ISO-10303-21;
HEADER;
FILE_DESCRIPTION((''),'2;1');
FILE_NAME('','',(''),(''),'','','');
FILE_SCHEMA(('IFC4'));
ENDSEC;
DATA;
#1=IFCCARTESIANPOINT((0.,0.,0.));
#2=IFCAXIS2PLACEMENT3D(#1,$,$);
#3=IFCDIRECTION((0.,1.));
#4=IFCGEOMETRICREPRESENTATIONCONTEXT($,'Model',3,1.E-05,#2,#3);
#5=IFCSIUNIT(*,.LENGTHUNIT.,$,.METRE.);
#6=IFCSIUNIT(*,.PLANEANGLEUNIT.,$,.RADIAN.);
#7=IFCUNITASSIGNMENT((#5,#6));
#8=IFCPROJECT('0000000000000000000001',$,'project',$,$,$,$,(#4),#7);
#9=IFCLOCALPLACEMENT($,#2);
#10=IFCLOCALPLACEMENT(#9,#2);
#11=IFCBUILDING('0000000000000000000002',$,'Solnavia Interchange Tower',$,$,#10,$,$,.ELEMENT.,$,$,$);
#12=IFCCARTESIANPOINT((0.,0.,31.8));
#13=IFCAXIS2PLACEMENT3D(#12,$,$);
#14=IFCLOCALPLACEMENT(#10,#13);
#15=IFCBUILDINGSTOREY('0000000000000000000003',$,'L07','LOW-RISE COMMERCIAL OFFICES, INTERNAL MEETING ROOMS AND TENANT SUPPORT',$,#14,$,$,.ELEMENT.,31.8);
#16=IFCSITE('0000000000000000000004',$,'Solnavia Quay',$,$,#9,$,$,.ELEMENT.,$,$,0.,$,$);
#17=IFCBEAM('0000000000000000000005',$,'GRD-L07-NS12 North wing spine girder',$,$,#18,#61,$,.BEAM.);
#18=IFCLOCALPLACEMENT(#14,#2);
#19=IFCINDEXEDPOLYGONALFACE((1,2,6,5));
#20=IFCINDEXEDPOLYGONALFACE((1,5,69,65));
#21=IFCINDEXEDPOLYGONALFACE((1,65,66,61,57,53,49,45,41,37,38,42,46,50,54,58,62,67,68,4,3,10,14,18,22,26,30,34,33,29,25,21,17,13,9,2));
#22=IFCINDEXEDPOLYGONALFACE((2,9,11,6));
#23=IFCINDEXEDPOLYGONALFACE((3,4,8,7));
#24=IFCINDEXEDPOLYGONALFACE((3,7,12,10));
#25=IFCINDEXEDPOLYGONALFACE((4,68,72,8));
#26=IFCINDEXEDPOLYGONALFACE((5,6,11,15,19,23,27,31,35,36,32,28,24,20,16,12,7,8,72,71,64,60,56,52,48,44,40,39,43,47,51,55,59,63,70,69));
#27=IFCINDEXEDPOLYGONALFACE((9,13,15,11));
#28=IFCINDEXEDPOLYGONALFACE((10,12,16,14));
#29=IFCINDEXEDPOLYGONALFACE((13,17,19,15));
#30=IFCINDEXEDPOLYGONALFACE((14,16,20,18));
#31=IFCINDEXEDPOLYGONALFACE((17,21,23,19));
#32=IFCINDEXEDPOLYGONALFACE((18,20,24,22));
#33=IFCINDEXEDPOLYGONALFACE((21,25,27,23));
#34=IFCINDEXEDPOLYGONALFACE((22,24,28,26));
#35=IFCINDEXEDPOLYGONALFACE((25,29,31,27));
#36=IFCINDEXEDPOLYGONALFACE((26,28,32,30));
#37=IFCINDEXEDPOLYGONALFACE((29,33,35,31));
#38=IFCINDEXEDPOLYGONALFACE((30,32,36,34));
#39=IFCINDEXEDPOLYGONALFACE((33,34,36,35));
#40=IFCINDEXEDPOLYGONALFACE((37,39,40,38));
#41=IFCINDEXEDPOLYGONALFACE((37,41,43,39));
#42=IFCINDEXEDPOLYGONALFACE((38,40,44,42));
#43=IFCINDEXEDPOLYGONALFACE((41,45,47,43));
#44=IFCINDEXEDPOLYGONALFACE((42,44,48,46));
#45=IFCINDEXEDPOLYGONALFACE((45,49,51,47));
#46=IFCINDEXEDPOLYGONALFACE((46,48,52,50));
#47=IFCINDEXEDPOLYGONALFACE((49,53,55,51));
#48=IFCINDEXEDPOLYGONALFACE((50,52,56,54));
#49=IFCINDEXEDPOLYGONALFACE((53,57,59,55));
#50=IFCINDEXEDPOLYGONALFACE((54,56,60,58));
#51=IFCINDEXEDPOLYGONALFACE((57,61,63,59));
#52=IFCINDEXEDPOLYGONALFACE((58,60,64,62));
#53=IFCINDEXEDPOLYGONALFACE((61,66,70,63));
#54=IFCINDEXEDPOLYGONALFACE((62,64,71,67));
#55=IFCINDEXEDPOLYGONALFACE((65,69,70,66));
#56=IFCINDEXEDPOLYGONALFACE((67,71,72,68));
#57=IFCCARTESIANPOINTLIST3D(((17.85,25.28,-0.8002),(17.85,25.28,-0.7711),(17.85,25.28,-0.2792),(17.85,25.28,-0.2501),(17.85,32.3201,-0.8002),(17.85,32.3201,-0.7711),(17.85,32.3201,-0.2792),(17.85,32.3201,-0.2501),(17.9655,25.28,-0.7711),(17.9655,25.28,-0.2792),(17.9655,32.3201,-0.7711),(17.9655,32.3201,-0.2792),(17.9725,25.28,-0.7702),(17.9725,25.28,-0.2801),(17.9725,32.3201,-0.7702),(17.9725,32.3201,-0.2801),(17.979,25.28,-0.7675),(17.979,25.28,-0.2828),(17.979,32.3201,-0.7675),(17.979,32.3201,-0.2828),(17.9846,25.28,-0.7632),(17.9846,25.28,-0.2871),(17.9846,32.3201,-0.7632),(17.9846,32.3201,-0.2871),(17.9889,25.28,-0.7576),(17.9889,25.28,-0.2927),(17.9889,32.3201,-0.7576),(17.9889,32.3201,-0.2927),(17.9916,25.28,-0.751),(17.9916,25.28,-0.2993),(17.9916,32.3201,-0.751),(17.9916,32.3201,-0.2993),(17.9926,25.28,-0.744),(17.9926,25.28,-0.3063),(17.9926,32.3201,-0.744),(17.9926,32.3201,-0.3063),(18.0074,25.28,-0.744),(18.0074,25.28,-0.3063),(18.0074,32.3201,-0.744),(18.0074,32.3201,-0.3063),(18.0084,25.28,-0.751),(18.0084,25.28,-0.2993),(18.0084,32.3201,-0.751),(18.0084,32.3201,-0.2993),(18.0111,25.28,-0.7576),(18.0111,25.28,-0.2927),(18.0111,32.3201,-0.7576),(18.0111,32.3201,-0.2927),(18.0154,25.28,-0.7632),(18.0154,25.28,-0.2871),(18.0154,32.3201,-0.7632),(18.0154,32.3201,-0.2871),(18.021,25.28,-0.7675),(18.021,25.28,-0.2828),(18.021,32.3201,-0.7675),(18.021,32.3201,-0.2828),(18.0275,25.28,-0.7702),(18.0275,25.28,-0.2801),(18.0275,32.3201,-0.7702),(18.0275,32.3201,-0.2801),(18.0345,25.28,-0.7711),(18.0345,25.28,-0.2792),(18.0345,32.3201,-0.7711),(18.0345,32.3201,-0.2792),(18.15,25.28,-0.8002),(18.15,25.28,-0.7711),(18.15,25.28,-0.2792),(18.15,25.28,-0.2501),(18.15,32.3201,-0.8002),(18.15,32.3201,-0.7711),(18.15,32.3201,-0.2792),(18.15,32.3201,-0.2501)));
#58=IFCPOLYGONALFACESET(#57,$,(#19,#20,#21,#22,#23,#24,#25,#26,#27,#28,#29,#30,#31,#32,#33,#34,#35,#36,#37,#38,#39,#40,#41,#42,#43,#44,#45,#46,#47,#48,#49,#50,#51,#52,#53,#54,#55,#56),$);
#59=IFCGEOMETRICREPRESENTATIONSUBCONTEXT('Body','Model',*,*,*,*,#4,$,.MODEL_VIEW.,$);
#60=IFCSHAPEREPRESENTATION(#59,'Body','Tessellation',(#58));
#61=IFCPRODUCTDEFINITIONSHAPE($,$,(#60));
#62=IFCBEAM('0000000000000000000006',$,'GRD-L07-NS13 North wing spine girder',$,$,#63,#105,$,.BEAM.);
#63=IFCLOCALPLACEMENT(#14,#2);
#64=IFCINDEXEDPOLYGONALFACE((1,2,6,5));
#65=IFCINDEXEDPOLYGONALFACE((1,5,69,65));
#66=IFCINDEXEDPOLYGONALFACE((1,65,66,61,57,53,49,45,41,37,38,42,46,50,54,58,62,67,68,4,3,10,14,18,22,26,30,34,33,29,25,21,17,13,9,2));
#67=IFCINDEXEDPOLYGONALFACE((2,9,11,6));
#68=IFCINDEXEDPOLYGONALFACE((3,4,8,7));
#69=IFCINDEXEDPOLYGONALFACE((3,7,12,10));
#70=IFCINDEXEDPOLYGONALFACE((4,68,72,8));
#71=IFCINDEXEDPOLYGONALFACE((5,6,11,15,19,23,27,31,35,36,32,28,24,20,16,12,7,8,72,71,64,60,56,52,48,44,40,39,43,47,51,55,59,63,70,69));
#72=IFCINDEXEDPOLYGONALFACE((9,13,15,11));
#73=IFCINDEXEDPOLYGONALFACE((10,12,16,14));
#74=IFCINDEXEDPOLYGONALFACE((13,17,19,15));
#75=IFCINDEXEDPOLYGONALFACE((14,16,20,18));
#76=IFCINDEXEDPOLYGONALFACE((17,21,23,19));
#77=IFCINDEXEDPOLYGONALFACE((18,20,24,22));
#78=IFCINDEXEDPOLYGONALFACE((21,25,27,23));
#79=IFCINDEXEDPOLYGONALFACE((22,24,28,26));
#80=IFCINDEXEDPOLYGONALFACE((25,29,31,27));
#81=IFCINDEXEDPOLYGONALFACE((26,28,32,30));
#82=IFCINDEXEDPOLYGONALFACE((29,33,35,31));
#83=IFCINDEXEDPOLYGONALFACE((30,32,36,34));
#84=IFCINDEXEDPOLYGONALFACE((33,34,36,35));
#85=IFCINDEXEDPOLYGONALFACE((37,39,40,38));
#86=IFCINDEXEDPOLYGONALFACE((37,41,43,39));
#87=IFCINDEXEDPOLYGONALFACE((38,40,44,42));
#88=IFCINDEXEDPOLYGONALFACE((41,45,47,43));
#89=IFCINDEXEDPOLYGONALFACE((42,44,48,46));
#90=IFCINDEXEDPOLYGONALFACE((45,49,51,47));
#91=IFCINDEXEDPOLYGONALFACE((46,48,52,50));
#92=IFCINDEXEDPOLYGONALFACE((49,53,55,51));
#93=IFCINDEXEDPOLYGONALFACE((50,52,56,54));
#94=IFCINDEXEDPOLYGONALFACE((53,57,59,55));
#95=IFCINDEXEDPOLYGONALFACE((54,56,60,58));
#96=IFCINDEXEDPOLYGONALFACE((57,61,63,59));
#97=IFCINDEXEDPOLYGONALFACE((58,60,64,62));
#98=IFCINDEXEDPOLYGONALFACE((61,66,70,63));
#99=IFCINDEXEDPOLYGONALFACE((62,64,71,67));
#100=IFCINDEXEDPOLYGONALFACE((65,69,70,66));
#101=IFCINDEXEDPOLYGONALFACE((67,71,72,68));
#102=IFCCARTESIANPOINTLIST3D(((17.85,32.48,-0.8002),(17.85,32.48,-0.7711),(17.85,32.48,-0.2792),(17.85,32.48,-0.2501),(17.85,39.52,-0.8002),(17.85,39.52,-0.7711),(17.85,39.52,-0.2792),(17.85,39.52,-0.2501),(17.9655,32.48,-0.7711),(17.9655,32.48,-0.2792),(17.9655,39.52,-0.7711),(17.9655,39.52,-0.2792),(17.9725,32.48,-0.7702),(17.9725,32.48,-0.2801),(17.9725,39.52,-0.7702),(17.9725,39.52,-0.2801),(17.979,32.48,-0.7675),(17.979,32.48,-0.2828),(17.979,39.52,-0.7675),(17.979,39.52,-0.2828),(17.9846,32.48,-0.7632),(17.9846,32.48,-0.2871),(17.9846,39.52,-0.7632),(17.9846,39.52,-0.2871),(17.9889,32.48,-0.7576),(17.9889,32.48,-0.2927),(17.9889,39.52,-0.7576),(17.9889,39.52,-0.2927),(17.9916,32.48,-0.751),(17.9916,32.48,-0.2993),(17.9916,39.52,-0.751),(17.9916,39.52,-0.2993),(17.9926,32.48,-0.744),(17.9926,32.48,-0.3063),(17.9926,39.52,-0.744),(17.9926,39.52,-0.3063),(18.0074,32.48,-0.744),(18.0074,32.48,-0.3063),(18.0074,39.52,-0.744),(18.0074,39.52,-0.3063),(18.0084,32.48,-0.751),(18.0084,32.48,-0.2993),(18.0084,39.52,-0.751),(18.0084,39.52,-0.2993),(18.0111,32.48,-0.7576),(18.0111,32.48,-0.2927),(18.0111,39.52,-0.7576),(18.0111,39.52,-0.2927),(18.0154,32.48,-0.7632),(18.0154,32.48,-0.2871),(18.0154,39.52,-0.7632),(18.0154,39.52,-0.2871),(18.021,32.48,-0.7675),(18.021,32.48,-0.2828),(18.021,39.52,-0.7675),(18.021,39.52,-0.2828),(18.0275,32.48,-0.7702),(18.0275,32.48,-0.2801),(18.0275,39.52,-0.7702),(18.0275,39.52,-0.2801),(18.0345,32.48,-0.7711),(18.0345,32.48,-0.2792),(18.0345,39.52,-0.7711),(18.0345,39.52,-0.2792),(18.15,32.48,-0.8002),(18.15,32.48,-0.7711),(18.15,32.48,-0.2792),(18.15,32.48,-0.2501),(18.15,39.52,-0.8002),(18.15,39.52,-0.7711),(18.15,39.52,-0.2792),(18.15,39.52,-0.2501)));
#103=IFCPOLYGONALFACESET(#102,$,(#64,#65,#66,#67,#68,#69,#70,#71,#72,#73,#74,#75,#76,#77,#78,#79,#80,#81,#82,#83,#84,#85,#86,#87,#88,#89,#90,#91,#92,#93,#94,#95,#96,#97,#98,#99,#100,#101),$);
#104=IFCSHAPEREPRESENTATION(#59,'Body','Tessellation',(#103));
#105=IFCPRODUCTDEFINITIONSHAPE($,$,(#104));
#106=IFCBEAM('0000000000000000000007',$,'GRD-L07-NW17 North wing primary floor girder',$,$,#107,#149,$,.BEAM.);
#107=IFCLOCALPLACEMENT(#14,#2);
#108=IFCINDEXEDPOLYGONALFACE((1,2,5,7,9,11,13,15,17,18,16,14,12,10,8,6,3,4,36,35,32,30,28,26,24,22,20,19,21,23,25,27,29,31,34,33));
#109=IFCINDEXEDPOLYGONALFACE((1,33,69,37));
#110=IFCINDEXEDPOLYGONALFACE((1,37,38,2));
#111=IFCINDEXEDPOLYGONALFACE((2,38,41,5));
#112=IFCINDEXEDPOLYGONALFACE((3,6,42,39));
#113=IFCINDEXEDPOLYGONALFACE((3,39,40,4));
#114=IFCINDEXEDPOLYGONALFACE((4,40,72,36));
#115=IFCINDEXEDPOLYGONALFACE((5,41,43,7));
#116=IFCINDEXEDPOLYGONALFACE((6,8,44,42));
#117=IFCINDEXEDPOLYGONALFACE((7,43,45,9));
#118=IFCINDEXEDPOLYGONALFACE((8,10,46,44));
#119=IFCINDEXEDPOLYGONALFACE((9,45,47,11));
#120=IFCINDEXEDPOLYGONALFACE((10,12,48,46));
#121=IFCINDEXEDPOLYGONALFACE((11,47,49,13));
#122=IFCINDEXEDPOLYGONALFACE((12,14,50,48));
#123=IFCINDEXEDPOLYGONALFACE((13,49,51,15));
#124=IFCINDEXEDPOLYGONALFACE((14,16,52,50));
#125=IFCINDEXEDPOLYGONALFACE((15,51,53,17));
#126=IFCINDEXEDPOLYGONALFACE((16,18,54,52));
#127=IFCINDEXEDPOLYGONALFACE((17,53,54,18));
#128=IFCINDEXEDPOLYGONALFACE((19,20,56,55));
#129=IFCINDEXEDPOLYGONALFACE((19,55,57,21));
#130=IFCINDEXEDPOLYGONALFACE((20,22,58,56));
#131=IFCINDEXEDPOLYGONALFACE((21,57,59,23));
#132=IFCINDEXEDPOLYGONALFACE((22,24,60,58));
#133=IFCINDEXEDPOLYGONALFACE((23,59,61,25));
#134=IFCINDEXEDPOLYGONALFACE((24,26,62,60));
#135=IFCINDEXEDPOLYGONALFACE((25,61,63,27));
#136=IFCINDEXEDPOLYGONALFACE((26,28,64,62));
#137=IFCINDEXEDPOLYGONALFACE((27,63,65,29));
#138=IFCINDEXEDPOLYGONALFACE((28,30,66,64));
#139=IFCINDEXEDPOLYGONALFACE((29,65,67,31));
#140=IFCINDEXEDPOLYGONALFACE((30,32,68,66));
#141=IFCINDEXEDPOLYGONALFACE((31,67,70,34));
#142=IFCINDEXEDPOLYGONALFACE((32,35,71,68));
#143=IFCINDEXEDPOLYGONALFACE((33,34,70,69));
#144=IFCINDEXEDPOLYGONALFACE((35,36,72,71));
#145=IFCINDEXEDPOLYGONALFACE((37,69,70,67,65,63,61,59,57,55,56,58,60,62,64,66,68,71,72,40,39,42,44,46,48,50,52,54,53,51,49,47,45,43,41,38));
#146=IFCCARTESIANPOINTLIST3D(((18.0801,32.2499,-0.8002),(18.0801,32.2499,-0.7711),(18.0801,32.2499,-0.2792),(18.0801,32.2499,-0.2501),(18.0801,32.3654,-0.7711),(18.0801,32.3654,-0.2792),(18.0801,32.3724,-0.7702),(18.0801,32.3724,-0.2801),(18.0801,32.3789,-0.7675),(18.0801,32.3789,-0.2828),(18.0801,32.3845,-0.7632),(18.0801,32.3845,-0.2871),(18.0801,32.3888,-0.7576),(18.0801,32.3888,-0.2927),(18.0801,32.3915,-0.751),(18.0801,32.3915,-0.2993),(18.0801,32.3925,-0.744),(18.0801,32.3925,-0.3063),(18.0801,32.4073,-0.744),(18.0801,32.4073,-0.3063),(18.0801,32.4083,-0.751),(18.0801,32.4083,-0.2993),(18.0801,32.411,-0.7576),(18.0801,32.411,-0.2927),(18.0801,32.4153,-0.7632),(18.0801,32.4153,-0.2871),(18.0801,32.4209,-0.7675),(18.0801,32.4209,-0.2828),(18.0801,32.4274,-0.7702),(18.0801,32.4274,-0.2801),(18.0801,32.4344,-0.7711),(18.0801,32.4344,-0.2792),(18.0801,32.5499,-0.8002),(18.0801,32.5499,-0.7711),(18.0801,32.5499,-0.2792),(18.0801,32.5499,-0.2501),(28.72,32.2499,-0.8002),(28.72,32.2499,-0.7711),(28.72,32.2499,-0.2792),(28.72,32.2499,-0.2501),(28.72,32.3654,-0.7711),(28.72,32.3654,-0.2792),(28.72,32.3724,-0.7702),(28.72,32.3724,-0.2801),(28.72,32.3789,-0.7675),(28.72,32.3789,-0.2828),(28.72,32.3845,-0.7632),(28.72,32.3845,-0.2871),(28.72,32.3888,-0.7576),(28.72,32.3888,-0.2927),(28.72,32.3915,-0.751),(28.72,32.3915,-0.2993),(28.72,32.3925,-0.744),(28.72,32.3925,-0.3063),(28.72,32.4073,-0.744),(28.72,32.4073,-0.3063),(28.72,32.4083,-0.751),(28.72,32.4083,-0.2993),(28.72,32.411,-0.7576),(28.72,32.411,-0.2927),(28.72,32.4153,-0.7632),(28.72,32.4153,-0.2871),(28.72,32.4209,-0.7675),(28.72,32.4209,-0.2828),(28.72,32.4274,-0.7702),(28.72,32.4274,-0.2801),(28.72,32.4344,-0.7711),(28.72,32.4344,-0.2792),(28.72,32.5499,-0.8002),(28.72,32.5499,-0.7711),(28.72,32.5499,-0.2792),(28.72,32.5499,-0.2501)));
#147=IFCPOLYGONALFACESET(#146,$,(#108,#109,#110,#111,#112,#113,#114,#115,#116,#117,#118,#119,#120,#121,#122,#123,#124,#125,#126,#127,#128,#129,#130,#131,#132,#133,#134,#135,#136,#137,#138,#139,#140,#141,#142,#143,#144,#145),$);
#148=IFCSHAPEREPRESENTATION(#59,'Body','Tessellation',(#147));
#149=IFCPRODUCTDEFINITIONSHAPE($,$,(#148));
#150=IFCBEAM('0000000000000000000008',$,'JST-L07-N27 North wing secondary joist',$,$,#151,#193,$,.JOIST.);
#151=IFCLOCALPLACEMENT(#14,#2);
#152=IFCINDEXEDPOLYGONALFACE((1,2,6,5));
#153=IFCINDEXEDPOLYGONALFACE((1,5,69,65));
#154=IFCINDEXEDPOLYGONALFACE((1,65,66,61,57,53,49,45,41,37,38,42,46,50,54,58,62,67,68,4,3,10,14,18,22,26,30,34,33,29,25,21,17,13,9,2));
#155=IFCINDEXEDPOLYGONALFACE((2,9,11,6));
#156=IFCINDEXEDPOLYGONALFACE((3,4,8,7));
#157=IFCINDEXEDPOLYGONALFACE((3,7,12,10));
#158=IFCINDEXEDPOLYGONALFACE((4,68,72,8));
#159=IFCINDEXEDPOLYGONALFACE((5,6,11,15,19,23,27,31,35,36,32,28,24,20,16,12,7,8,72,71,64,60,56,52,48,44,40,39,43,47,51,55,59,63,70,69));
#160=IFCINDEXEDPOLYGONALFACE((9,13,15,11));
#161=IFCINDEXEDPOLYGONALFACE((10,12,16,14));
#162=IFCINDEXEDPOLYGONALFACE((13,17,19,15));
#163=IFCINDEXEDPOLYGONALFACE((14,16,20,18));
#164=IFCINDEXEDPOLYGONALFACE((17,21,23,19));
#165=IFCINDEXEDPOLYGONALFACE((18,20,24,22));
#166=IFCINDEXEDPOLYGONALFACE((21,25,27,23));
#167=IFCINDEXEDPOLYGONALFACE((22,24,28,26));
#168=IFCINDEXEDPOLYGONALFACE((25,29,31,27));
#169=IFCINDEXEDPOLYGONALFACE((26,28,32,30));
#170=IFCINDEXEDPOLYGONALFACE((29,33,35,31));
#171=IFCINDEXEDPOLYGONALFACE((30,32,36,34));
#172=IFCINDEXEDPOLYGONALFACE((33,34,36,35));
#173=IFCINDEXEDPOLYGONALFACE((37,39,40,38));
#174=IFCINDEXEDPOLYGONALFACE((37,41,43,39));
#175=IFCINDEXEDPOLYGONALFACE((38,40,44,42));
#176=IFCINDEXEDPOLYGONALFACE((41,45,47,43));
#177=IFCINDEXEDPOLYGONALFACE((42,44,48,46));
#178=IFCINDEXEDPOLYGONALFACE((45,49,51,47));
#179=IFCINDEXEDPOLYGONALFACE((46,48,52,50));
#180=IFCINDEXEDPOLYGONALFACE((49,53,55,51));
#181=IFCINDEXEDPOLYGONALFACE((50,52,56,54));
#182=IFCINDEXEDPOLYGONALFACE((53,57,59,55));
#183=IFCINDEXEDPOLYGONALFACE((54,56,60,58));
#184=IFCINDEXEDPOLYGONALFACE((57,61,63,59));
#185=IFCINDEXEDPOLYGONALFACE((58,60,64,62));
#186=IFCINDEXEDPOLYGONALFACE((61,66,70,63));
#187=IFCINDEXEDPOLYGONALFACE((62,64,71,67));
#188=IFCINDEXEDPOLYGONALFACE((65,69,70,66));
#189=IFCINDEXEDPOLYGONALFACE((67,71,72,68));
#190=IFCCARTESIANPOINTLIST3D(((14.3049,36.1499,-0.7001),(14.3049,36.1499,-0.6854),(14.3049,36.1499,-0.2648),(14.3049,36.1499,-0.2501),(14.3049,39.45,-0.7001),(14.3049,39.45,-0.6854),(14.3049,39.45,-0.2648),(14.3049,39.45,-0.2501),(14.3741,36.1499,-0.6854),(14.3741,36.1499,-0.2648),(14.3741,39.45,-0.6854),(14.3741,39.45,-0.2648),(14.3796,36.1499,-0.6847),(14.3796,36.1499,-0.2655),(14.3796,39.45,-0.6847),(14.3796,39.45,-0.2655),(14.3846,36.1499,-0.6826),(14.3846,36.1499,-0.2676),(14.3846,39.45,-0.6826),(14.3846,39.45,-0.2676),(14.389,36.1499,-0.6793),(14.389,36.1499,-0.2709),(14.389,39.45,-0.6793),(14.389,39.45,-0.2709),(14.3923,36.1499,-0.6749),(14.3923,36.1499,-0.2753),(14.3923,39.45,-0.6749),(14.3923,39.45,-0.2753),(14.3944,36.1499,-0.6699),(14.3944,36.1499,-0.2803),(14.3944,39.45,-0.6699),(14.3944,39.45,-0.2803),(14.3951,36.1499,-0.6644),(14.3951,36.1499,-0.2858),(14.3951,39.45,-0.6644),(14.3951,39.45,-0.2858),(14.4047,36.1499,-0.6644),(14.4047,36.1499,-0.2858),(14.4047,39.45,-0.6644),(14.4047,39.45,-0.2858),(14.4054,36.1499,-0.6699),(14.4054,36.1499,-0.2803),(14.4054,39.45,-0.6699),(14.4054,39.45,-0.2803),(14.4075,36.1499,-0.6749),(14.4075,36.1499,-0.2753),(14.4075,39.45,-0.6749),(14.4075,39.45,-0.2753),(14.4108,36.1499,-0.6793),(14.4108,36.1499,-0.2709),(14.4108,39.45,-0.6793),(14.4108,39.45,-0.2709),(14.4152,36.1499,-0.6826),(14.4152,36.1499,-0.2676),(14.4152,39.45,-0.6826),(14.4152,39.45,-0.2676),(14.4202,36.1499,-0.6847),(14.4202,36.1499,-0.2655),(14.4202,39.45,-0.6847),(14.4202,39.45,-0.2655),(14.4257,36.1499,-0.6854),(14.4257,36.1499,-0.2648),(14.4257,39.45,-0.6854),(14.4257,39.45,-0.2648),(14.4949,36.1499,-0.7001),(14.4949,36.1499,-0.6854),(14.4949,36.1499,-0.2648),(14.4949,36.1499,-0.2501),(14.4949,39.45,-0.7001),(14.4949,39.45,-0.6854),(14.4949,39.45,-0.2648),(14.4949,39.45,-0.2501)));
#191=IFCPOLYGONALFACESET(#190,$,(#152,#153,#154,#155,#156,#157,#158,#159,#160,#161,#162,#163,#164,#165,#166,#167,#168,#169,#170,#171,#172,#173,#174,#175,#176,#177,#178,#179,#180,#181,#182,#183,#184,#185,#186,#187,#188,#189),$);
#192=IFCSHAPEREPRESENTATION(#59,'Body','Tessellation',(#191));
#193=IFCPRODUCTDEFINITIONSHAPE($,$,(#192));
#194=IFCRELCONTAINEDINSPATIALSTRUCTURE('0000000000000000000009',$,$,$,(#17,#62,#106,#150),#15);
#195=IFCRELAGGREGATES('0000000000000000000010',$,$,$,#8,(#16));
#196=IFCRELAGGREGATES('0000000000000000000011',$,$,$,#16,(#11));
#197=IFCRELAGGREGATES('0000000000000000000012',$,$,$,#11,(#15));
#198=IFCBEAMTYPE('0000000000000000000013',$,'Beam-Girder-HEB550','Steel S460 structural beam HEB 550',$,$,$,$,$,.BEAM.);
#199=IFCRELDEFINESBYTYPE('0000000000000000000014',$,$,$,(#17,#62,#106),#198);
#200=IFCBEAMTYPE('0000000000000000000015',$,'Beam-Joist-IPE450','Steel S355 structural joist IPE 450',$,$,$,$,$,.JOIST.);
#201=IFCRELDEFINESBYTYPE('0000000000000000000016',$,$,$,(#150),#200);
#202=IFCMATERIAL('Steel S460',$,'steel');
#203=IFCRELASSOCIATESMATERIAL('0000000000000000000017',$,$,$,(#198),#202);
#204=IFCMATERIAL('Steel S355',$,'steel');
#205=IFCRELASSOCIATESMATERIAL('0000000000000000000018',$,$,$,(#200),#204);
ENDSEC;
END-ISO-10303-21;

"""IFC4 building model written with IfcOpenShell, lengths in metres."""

from ifc_helpers import new_model, si_unit, direction, frame, origin, origin_2d, place, context, subcontext, project, spatial, i_section, extrude, material, material_profile, profile_set, type_object, element, save


model = new_model("IFC4")

# Units and contexts
model_context = context("Model", 3, precision=1e-05, world=origin(), true_north=direction((0.0, 1.0)))
body_context = subcontext(model_context, "Body", "Model", "MODEL_VIEW")
ifc_project = project(units=[si_unit("LENGTHUNIT", "METRE"), si_unit("PLANEANGLEUNIT", "RADIAN")], contexts=[model_context])

# Site, building, storey
site_placement = place(None, origin())
site = spatial("IfcSite", under=ifc_project, at=site_placement, Name="Solnavia Quay", CompositionType="ELEMENT", RefElevation=0.0)
building_placement = place(site_placement, origin())
building = spatial("IfcBuilding", under=site, at=building_placement, Name="Solnavia Interchange Tower", CompositionType="ELEMENT")
storey_placement = place(building_placement, frame((0.0, 0.0, 31.8)))
storey = spatial("IfcBuildingStorey", under=building, at=storey_placement, Name="L07", Description="LOW-RISE COMMERCIAL OFFICES, INTERNAL MEETING ROOMS AND TENANT SUPPORT", CompositionType="ELEMENT", Elevation=31.8)

# Shared definitions
ifc_material_1 = material(Name="Steel S355", Category="steel")

# Beams
ifc_material_2 = material(Name="Steel S460", Category="steel")
ifc_material_profile_1 = material_profile(ifc_material_2, i_section(OverallWidth=0.3, OverallDepth=0.55, WebThickness=0.0149, FlangeThickness=0.0291, FilletRadius=0.0271, at=origin_2d()), Name="HEB 550")
ifc_profile_set_1 = profile_set([ifc_material_profile_1], Name="Steel S460")
beam_type_1 = type_object("IfcBeamType", Name="Beam-Girder-HEB550", Description="Steel S460 structural beam HEB 550", PredefinedType="BEAM", material=ifc_profile_set_1)
for number, where, z_axis, x_axis, name in (
    (1, (18.0, 25.28, -0.5251), (0.0, 1.0, 0.0), (-1.0, 0.0, 0.0), "GRD-L07-NS12 North wing spine girder"),
    (2, (18.0, 32.48, -0.5251), (0.0, 1.0, 0.0), (-1.0, 0.0, 0.0), "GRD-L07-NS13 North wing spine girder"),
):
    element("IfcBeam", number, at=place(storey_placement, frame(where, z_axis=z_axis, x_axis=x_axis)), inside=storey, type_object=beam_type_1, Name=name, PredefinedType="BEAM", context=body_context, shape_type="SweptSolid", body=[
        extrude(i_section(OverallWidth=0.3, OverallDepth=0.55, WebThickness=0.0149, FlangeThickness=0.0291, FilletRadius=0.0271, at=origin_2d()), origin(), (0.0, 0.0, 1.0), 7.04),
    ])
beam_placement = place(storey_placement, frame((18.0801, 32.3999, -0.5251), z_axis=(1.0, 0.0, 0.0), x_axis=(0.0, 1.0, 0.0)))
element("IfcBeam", 3, at=beam_placement, inside=storey, type_object=beam_type_1, Name="GRD-L07-NW17 North wing primary floor girder", PredefinedType="BEAM", context=body_context, shape_type="SweptSolid", body=[
    extrude(i_section(OverallWidth=0.3, OverallDepth=0.55, WebThickness=0.0149, FlangeThickness=0.0291, FilletRadius=0.0271, at=origin_2d()), origin(), (0.0, 0.0, 1.0), 10.6399),
])
ifc_material_profile_2 = material_profile(ifc_material_1, i_section(OverallWidth=0.1899, OverallDepth=0.45, WebThickness=0.0095, FlangeThickness=0.0146, FilletRadius=0.021, at=origin_2d()), Name="IPE 450")
ifc_profile_set_2 = profile_set([ifc_material_profile_2], Name="Steel S355")
beam_type_2 = type_object("IfcBeamType", Name="Beam-Joist-IPE450", Description="Steel S355 structural joist IPE 450", PredefinedType="JOIST", material=ifc_profile_set_2)
for number, where, z_axis, x_axis, name in (
    (4, (14.3999, 36.1499, -0.4751), (0.0, 1.0, 0.0), (-1.0, 0.0, 0.0), "JST-L07-N27 North wing secondary joist"),
):
    element("IfcBeam", number, at=place(storey_placement, frame(where, z_axis=z_axis, x_axis=x_axis)), inside=storey, type_object=beam_type_2, Name=name, PredefinedType="JOIST", context=body_context, shape_type="SweptSolid", body=[
        extrude(i_section(OverallWidth=0.1899, OverallDepth=0.45, WebThickness=0.0095, FlangeThickness=0.0146, FilletRadius=0.021, at=origin_2d()), origin(), (0.0, 0.0, 1.0), 3.3),
    ])

save(model, "model.ifc")
